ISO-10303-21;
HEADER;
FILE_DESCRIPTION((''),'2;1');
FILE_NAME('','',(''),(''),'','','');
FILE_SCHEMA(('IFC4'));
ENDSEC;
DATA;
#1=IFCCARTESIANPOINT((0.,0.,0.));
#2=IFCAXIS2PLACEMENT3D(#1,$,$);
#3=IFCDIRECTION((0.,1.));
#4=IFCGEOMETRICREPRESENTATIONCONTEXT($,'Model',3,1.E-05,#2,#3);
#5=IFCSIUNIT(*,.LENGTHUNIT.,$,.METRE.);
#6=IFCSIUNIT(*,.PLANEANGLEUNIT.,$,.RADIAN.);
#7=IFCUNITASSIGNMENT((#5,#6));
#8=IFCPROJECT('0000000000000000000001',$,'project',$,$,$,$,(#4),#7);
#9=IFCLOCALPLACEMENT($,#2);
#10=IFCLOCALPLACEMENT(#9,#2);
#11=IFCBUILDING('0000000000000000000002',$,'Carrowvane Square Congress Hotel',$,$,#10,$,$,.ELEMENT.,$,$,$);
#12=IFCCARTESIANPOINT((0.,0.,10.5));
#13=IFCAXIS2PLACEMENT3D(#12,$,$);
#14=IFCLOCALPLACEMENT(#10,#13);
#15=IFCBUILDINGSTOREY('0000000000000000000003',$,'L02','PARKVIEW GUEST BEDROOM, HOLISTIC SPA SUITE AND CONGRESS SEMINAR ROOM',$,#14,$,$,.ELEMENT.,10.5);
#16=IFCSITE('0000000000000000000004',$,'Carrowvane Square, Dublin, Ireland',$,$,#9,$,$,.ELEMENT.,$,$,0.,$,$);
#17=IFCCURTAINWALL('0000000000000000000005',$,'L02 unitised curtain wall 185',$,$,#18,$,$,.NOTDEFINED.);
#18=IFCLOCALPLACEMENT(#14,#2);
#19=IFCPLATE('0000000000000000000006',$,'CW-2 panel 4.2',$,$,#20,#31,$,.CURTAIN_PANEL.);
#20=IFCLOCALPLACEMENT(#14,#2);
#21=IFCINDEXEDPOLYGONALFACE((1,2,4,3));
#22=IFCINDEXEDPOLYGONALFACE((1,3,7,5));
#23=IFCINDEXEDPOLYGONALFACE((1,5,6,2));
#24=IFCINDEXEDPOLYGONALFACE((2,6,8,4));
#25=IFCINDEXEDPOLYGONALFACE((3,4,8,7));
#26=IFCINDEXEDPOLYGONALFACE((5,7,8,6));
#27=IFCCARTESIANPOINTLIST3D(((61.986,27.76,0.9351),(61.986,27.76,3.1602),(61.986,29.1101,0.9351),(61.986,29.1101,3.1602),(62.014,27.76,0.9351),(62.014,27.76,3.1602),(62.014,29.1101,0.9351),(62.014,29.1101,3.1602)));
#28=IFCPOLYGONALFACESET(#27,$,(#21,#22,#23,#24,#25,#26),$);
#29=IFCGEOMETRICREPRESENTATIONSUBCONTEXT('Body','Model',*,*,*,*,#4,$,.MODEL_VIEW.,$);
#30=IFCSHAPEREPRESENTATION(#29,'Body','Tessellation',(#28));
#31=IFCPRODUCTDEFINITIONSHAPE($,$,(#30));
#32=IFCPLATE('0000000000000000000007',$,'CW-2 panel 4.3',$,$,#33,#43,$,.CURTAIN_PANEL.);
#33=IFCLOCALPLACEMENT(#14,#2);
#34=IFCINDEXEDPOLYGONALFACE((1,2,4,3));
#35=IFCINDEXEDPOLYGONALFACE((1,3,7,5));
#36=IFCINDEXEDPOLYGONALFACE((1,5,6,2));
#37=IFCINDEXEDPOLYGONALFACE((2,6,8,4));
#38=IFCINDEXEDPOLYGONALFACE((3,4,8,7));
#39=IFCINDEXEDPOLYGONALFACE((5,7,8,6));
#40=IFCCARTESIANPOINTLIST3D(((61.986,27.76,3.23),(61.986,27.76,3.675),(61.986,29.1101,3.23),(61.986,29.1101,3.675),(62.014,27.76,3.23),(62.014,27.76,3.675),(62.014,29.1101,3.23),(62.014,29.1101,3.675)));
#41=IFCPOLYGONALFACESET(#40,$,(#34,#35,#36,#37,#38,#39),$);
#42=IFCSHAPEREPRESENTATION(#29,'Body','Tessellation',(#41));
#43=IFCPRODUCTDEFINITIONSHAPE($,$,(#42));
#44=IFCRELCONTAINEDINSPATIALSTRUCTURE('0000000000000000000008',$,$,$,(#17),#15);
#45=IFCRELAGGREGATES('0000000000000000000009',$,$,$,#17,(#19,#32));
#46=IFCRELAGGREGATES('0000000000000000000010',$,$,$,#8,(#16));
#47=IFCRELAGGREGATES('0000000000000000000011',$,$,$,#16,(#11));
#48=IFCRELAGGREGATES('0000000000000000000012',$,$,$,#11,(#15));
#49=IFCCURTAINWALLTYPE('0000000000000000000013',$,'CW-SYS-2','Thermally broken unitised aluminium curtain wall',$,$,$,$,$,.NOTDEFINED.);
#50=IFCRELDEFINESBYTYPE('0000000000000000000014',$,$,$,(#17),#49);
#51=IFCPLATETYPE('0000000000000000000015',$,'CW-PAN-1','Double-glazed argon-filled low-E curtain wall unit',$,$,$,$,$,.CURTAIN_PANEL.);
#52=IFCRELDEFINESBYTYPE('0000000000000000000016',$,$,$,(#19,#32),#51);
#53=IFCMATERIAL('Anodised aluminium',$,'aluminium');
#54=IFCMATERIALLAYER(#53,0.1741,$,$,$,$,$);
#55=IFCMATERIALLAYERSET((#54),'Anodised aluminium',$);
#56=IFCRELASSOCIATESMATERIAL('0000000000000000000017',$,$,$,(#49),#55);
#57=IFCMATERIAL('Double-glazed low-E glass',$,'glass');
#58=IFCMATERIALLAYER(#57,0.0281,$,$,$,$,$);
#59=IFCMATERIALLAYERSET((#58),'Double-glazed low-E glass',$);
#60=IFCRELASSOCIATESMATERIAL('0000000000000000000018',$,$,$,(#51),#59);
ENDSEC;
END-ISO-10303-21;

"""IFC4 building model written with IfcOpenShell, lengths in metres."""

from ifc_helpers import new_model, si_unit, direction, frame, origin, origin_2d, place, context, subcontext, project, spatial, rectangle, extrude, material, layer, layer_set, type_object, element, aggregate, save


model = new_model("IFC4")

# Units and contexts
model_context = context("Model", 3, precision=1e-05, world=origin(), true_north=direction((0.0, 1.0)))
body_context = subcontext(model_context, "Body", "Model", "MODEL_VIEW")
ifc_project = project(units=[si_unit("LENGTHUNIT", "METRE"), si_unit("PLANEANGLEUNIT", "RADIAN")], contexts=[model_context])

# Site, building, storey
site_placement = place(None, origin())
site = spatial("IfcSite", under=ifc_project, at=site_placement, Name="Carrowvane Square, Dublin, Ireland", CompositionType="ELEMENT", RefElevation=0.0)
building_placement = place(site_placement, origin())
building = spatial("IfcBuilding", under=site, at=building_placement, Name="Carrowvane Square Congress Hotel", CompositionType="ELEMENT")
storey_placement = place(building_placement, frame((0.0, 0.0, 10.5)))
storey = spatial("IfcBuildingStorey", under=building, at=storey_placement, Name="L02", Description="PARKVIEW GUEST BEDROOM, HOLISTIC SPA SUITE AND CONGRESS SEMINAR ROOM", CompositionType="ELEMENT", Elevation=10.5)

# Curtain wall
ifc_material_1 = material(Name="Anodised aluminium", Category="aluminium")
ifc_layer_1 = layer(ifc_material_1, 0.1741)
ifc_layer_set_1 = layer_set([ifc_layer_1], Name="Anodised aluminium")
curtain_wall_type_1 = type_object("IfcCurtainWallType", Name="CW-SYS-2", Description="Thermally broken unitised aluminium curtain wall", PredefinedType="NOTDEFINED", material=ifc_layer_set_1)
curtain_wall_1_placement = place(storey_placement, origin())
curtain_wall_1 = element("IfcCurtainWall", 1, at=curtain_wall_1_placement, inside=storey, type_object=curtain_wall_type_1, Name="L02 unitised curtain wall 185", PredefinedType="NOTDEFINED")

# Plates
ifc_material_2 = material(Name="Double-glazed low-E glass", Category="glass")
ifc_layer_2 = layer(ifc_material_2, 0.0281)
ifc_layer_set_2 = layer_set([ifc_layer_2], Name="Double-glazed low-E glass")
plate_type = type_object("IfcPlateType", Name="CW-PAN-1", Description="Double-glazed argon-filled low-E curtain wall unit", PredefinedType="CURTAIN_PANEL", material=ifc_layer_set_2)
plate_1_placement = place(storey_placement, frame((62.0, 28.4351, 0.9351), z_axis=(0.0, 0.0, 1.0), x_axis=(0.0, -1.0, 0.0)))
plate_1 = element("IfcPlate", 2, at=plate_1_placement, type_object=plate_type, Name="CW-2 panel 4.2", PredefinedType="CURTAIN_PANEL", context=body_context, shape_type="SweptSolid", body=[
    extrude(rectangle(XDim=1.3501, YDim=0.0281, at=origin_2d()), origin(), (0.0, 0.0, 1.0), 2.2251),
])
plate_2_placement = place(storey_placement, frame((62.0, 28.4351, 3.23), z_axis=(0.0, 0.0, 1.0), x_axis=(0.0, -1.0, 0.0)))
plate_2 = element("IfcPlate", 3, at=plate_2_placement, type_object=plate_type, Name="CW-2 panel 4.3", PredefinedType="CURTAIN_PANEL", context=body_context, shape_type="SweptSolid", body=[
    extrude(rectangle(XDim=1.3501, YDim=0.0281, at=origin_2d()), origin(), (0.0, 0.0, 1.0), 0.4451),
])
aggregate(curtain_wall_1, [plate_1, plate_2])

save(model, "model.ifc")
